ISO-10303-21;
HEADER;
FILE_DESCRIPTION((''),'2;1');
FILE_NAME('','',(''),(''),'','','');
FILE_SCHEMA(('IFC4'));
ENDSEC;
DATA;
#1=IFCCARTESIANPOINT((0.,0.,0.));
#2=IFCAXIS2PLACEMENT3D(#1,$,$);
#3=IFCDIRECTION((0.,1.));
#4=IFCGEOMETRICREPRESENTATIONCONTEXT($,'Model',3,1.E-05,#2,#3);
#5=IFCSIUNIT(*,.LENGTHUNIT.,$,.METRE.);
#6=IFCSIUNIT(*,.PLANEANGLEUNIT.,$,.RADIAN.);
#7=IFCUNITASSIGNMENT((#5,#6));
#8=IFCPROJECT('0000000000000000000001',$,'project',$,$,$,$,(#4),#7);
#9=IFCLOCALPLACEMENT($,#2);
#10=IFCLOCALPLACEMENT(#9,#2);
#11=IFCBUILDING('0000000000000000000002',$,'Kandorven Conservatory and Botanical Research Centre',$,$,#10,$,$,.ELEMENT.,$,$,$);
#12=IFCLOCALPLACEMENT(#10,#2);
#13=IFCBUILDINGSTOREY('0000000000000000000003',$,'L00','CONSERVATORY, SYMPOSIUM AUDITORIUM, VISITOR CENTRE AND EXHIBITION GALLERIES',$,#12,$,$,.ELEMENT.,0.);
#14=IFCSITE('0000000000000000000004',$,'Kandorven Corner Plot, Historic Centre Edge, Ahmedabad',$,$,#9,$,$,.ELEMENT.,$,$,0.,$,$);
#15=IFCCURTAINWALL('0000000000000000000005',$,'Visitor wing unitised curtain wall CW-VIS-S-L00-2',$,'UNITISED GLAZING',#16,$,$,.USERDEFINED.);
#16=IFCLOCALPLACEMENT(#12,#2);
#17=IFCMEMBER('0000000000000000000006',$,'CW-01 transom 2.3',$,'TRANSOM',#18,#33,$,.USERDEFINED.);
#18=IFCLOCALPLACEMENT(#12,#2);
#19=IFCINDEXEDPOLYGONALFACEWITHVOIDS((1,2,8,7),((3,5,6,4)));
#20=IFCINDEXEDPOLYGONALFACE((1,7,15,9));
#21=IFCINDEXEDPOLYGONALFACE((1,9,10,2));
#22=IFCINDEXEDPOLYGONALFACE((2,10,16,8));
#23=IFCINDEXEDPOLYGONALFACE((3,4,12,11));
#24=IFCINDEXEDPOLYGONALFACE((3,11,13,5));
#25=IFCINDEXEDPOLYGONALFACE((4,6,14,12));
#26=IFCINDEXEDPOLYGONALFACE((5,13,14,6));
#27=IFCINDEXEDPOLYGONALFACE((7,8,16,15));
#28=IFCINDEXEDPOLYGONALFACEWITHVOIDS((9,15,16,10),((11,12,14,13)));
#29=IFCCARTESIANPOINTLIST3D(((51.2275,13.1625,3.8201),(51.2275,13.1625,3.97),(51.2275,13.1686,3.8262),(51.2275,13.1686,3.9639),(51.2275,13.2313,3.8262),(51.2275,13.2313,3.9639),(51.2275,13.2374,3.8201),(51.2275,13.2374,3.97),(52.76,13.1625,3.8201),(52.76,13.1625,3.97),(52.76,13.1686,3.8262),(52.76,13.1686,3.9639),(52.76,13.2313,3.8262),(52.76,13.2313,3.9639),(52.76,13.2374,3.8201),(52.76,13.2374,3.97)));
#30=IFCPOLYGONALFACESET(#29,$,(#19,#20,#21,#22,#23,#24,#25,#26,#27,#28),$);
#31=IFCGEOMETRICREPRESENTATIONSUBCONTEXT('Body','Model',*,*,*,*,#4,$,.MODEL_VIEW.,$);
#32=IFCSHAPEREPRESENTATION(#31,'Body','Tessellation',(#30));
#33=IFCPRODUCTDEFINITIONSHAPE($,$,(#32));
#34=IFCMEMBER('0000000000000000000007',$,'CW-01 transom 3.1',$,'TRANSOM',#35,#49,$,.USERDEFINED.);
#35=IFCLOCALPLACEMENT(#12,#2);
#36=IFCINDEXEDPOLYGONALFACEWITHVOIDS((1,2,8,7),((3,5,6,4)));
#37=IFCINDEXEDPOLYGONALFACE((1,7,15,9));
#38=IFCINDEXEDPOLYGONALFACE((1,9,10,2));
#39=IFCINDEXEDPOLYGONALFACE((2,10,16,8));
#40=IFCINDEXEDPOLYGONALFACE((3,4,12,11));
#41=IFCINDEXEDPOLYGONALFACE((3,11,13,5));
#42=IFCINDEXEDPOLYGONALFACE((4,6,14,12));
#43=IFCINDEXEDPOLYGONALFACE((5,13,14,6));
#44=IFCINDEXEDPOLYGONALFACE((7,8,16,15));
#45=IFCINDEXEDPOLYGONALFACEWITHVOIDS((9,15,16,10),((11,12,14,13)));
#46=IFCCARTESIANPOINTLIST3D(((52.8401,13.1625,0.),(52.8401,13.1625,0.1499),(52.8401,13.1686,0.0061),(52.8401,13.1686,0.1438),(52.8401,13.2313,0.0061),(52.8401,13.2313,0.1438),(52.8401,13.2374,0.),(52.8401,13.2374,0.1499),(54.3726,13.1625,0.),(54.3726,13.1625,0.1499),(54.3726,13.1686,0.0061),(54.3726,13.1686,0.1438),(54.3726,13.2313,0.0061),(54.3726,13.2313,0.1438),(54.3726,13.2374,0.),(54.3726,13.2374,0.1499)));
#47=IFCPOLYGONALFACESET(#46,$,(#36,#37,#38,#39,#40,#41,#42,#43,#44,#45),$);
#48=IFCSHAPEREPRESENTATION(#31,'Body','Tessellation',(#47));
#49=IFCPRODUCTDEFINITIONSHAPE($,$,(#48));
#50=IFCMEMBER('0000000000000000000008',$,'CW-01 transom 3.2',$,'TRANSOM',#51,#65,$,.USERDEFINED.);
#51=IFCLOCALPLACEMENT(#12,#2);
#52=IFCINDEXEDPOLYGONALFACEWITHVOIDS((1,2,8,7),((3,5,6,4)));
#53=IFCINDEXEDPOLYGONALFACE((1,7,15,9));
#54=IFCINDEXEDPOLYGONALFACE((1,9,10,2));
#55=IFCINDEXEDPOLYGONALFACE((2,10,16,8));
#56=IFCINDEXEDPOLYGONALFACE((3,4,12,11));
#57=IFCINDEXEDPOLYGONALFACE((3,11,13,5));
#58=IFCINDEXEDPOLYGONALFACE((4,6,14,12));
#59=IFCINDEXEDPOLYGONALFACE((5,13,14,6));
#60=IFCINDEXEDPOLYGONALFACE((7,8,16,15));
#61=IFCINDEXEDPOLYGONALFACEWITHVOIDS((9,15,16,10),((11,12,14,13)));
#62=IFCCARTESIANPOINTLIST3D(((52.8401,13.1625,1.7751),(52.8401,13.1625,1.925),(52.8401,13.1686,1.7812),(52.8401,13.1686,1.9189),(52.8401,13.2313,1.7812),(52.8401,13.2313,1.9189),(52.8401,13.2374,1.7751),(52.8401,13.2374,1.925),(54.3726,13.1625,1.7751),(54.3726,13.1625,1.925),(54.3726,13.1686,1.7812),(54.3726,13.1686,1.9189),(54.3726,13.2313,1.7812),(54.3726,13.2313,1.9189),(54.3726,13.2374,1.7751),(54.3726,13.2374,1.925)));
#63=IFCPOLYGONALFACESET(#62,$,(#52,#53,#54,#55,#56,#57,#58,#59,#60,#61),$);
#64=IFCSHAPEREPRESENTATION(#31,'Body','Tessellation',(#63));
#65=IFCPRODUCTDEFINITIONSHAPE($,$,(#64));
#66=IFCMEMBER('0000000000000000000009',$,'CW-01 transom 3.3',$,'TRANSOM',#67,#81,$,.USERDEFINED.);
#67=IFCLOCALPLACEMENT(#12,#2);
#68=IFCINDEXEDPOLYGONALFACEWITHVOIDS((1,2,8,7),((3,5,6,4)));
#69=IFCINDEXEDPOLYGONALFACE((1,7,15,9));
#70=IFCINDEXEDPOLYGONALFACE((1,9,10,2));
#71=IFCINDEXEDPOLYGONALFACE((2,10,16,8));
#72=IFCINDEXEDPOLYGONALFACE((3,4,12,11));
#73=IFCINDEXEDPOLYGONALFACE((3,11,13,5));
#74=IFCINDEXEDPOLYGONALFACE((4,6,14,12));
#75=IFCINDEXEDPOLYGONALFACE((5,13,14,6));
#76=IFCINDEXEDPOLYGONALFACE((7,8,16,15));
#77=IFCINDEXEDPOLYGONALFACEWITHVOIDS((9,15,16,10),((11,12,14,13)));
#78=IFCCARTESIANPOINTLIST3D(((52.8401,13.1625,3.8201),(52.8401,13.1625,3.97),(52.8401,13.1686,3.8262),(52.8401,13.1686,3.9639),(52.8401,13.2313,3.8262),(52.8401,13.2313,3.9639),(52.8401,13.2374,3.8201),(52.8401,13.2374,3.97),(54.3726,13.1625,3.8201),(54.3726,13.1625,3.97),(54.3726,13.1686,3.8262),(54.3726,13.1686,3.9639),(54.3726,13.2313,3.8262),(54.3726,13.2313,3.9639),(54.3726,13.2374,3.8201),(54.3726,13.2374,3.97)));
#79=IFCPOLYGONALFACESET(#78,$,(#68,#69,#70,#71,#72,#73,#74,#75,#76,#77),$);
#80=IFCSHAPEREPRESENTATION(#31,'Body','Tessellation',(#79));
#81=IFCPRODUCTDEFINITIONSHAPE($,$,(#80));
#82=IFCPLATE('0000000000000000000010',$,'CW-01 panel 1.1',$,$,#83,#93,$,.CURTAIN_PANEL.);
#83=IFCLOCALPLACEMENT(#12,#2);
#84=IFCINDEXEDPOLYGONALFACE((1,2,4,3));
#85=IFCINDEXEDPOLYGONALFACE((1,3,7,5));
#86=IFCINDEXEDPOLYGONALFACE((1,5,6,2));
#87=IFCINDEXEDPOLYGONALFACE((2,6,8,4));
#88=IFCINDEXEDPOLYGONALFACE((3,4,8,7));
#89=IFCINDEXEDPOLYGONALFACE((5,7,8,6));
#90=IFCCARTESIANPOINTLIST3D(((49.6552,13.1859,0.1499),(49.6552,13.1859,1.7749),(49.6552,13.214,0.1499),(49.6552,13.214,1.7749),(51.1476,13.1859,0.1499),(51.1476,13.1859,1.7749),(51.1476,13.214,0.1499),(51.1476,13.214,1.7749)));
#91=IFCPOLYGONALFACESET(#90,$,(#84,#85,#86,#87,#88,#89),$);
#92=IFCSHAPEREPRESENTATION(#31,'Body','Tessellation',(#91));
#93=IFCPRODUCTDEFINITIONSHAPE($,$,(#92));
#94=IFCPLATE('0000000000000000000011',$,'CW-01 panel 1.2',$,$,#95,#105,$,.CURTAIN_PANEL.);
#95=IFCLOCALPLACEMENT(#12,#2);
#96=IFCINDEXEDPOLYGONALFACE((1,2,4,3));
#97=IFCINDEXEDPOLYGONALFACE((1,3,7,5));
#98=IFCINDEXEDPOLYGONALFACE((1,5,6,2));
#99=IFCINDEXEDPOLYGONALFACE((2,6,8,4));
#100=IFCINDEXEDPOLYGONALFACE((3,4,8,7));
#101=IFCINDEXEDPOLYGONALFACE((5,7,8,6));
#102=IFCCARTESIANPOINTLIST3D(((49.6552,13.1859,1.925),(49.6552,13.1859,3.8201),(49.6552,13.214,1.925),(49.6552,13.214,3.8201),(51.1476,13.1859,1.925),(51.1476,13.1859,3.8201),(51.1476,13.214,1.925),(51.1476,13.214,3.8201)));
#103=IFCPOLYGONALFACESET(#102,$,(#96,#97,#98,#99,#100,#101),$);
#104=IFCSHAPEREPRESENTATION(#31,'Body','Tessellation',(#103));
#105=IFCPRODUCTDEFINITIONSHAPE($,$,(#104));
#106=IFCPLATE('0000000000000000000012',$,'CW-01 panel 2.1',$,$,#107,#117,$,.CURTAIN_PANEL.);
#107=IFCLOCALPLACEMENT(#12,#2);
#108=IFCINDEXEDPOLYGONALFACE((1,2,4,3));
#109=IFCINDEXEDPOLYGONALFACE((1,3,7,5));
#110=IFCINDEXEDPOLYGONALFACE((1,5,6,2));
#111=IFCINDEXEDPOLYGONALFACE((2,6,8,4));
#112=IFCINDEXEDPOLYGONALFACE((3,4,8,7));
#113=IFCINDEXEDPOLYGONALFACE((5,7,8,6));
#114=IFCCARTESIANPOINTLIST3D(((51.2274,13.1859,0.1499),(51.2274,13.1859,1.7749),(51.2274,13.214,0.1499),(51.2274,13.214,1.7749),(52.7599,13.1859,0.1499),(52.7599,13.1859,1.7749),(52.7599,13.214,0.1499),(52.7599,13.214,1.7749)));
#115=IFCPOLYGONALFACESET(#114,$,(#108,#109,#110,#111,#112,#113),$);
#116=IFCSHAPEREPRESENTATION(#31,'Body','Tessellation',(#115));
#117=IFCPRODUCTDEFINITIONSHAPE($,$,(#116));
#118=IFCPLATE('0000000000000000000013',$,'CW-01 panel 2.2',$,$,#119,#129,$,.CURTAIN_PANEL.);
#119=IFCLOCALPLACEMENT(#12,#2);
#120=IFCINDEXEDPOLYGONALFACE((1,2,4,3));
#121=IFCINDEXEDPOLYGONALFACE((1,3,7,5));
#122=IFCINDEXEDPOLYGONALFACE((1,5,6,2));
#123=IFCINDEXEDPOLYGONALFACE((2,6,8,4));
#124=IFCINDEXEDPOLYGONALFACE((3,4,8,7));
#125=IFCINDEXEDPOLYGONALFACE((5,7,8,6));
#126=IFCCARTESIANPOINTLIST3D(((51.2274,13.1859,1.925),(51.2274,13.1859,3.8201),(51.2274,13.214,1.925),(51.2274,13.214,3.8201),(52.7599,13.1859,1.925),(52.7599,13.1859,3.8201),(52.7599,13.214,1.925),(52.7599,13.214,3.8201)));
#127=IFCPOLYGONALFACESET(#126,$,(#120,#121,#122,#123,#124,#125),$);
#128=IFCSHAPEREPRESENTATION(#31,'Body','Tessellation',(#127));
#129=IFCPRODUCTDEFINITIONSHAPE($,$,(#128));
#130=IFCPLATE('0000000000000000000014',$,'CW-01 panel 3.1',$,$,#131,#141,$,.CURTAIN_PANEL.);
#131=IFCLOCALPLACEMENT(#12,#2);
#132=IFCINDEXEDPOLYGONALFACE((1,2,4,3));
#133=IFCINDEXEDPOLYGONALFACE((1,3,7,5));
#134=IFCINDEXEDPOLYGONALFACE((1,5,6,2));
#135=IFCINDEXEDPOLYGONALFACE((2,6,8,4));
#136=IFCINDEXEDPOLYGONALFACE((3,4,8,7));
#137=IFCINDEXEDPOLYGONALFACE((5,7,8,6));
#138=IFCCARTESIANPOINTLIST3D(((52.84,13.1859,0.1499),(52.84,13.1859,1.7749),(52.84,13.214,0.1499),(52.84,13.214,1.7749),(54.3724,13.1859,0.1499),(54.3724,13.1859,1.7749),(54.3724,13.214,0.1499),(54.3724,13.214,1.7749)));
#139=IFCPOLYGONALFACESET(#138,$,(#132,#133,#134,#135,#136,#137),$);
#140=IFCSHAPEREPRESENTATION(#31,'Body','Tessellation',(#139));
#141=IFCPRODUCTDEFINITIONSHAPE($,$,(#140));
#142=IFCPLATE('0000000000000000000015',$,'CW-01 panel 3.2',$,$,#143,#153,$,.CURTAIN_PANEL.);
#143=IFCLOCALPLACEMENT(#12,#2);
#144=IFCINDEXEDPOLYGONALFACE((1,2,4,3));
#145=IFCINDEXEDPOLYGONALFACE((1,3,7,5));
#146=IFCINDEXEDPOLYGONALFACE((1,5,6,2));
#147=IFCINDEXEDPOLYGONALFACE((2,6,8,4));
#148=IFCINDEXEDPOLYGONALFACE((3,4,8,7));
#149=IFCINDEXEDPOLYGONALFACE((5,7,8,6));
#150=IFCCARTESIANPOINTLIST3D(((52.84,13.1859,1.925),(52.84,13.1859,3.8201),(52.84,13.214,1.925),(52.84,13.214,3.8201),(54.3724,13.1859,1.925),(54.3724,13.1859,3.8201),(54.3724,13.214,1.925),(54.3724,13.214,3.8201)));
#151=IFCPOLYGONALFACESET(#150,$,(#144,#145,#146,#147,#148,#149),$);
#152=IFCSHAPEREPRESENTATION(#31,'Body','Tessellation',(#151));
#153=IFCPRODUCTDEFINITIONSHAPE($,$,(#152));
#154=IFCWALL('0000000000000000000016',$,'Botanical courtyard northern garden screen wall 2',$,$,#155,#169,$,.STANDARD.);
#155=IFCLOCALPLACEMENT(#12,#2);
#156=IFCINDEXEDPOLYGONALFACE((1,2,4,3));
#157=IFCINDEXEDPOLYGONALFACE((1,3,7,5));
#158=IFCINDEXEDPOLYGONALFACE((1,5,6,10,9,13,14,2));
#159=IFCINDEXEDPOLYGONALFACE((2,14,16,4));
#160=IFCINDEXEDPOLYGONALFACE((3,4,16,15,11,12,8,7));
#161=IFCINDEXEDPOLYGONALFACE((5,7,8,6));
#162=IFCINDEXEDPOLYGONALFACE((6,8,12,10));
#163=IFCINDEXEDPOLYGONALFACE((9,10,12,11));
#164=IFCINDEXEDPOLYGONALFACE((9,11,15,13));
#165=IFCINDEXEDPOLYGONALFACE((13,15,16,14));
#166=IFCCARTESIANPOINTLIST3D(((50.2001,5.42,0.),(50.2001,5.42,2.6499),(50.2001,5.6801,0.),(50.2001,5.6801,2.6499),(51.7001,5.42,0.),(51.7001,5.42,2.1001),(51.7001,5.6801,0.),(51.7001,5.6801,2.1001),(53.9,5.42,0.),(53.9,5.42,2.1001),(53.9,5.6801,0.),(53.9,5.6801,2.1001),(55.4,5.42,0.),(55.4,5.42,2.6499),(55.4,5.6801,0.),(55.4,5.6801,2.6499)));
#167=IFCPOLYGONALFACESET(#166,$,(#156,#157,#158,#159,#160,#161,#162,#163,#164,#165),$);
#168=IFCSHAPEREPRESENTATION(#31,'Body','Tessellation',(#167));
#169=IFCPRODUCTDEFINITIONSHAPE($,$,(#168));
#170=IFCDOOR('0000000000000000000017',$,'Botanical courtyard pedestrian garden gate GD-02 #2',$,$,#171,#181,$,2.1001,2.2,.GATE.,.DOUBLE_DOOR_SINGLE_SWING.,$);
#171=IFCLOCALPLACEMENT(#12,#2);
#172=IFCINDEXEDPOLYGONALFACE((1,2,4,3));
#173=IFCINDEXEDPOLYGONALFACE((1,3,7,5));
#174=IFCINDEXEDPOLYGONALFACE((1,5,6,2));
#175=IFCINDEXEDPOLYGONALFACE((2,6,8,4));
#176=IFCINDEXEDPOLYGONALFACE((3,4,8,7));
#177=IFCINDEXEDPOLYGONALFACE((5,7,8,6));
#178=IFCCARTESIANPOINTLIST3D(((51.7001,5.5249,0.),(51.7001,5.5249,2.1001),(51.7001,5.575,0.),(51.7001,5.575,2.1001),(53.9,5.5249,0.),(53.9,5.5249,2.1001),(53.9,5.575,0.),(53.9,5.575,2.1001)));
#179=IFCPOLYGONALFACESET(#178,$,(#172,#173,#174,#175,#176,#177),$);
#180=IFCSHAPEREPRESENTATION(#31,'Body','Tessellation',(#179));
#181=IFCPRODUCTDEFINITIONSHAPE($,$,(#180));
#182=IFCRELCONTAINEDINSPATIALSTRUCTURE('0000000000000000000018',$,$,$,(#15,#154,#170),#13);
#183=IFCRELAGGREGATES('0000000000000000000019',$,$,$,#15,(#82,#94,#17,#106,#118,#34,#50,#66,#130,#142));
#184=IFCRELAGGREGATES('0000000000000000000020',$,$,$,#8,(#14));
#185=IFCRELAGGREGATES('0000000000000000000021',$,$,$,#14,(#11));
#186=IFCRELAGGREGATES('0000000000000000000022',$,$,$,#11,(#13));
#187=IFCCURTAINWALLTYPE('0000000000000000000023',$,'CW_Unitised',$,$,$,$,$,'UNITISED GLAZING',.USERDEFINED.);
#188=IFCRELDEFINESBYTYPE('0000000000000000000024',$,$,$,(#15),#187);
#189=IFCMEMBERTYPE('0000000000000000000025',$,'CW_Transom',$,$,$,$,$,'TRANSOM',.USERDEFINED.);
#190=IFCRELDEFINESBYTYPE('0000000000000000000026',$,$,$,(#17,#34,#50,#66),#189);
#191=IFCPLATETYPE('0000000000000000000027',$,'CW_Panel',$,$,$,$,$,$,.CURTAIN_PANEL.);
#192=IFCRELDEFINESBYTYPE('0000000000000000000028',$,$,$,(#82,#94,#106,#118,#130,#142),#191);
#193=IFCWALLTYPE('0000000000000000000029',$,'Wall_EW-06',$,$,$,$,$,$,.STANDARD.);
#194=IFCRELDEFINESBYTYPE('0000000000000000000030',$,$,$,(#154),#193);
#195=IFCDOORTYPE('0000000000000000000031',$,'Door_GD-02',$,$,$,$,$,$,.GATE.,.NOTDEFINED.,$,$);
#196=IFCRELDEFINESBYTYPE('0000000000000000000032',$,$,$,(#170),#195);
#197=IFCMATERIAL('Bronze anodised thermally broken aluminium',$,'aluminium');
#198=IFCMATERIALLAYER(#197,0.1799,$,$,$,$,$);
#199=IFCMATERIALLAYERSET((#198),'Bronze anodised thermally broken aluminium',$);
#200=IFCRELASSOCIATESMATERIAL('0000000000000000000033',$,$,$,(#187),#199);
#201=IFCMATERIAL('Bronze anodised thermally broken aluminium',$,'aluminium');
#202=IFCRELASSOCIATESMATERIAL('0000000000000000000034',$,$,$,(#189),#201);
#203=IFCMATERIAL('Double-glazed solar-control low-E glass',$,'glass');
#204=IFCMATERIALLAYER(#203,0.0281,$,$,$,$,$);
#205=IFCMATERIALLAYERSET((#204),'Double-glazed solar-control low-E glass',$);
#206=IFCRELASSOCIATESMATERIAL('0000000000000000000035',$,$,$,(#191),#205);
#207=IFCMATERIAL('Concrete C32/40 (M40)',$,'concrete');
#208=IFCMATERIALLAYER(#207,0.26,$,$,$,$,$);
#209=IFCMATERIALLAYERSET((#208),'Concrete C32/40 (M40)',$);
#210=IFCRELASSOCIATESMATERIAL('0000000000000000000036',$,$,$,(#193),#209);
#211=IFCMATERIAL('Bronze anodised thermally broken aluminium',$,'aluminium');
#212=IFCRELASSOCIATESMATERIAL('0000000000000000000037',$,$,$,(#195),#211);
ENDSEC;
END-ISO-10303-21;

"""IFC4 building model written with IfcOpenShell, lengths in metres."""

from ifc_helpers import new_model, si_unit, direction, frame, frame_2d, origin, origin_2d, place, context, subcontext, project, spatial, rectangle, hollow_rectangle, extrude, material, layer, layer_set, material_profile, profile_set, type_object, element, fill, aggregate, save


model = new_model("IFC4")

# Units and contexts
model_context = context("Model", 3, precision=1e-05, world=origin(), true_north=direction((0.0, 1.0)))
body_context = subcontext(model_context, "Body", "Model", "MODEL_VIEW")
ifc_project = project(units=[si_unit("LENGTHUNIT", "METRE"), si_unit("PLANEANGLEUNIT", "RADIAN")], contexts=[model_context])

# Site, building, storey
site_placement = place(None, origin())
site = spatial("IfcSite", under=ifc_project, at=site_placement, Name="Kandorven Corner Plot, Historic Centre Edge, Ahmedabad", CompositionType="ELEMENT", RefElevation=0.0)
building_placement = place(site_placement, origin())
building = spatial("IfcBuilding", under=site, at=building_placement, Name="Kandorven Conservatory and Botanical Research Centre", CompositionType="ELEMENT")
storey_placement = place(building_placement, origin())
storey = spatial("IfcBuildingStorey", under=building, at=storey_placement, Name="L00", Description="CONSERVATORY, SYMPOSIUM AUDITORIUM, VISITOR CENTRE AND EXHIBITION GALLERIES", CompositionType="ELEMENT", Elevation=0.0)

# Curtain wall, members, plates
ifc_material_1 = material(Name="Bronze anodised thermally broken aluminium", Category="aluminium")
ifc_layer_1 = layer(ifc_material_1, 0.1799)
ifc_layer_set_1 = layer_set([ifc_layer_1], Name="Bronze anodised thermally broken aluminium")
curtain_wall_type = type_object("IfcCurtainWallType", Name="CW_Unitised", ElementType="UNITISED GLAZING", PredefinedType="USERDEFINED", material=ifc_layer_set_1)
curtain_wall_placement = place(storey_placement, origin())
curtain_wall = element("IfcCurtainWall", 1, at=curtain_wall_placement, inside=storey, type_object=curtain_wall_type, Name="Visitor wing unitised curtain wall CW-VIS-S-L00-2", ObjectType="UNITISED GLAZING", PredefinedType="USERDEFINED")
ifc_material_2 = material(Name="Bronze anodised thermally broken aluminium", Category="aluminium")
ifc_material_profile_1 = material_profile(ifc_material_2, hollow_rectangle(XDim=0.075, YDim=0.1499, WallThickness=0.0061, at=origin_2d()))
ifc_profile_set_1 = profile_set([ifc_material_profile_1], Name="Bronze anodised thermally broken aluminium")
member_type_1 = type_object("IfcMemberType", Name="CW_Transom", ElementType="TRANSOM", PredefinedType="USERDEFINED", material=ifc_profile_set_1)
member_1_placement = place(storey_placement, frame((51.2275, 13.2, 3.895), z_axis=(1.0, 0.0, 0.0), x_axis=(0.0, 1.0, 0.0)))
member_1 = element("IfcMember", 2, at=member_1_placement, type_object=member_type_1, Name="CW-01 transom 2.3", ObjectType="TRANSOM", PredefinedType="USERDEFINED", context=body_context, shape_type="SweptSolid", body=[
    extrude(hollow_rectangle(XDim=0.075, YDim=0.1499, WallThickness=0.0061, at=origin_2d()), origin(), (0.0, 0.0, 1.0), 1.5325),
])
member_2_placement = place(storey_placement, frame((52.8401, 13.2, 0.075), z_axis=(1.0, 0.0, 0.0), x_axis=(0.0, 1.0, 0.0)))
member_2 = element("IfcMember", 3, at=member_2_placement, type_object=member_type_1, Name="CW-01 transom 3.1", ObjectType="TRANSOM", PredefinedType="USERDEFINED", context=body_context, shape_type="SweptSolid", body=[
    extrude(hollow_rectangle(XDim=0.075, YDim=0.1499, WallThickness=0.0061, at=origin_2d()), origin(), (0.0, 0.0, 1.0), 1.5325),
])
member_3_placement = place(storey_placement, frame((52.8401, 13.2, 1.8501), z_axis=(1.0, 0.0, 0.0), x_axis=(0.0, 1.0, 0.0)))
member_3 = element("IfcMember", 4, at=member_3_placement, type_object=member_type_1, Name="CW-01 transom 3.2", ObjectType="TRANSOM", PredefinedType="USERDEFINED", context=body_context, shape_type="SweptSolid", body=[
    extrude(hollow_rectangle(XDim=0.075, YDim=0.1499, WallThickness=0.0061, at=origin_2d()), origin(), (0.0, 0.0, 1.0), 1.5325),
])
member_4_placement = place(storey_placement, frame((52.8401, 13.2, 3.895), z_axis=(1.0, 0.0, 0.0), x_axis=(0.0, 1.0, 0.0)))
member_4 = element("IfcMember", 5, at=member_4_placement, type_object=member_type_1, Name="CW-01 transom 3.3", ObjectType="TRANSOM", PredefinedType="USERDEFINED", context=body_context, shape_type="SweptSolid", body=[
    extrude(hollow_rectangle(XDim=0.075, YDim=0.1499, WallThickness=0.0061, at=origin_2d()), origin(), (0.0, 0.0, 1.0), 1.5325),
])
ifc_material_3 = material(Name="Double-glazed solar-control low-E glass", Category="glass")
ifc_layer_2 = layer(ifc_material_3, 0.0281)
ifc_layer_set_2 = layer_set([ifc_layer_2], Name="Double-glazed solar-control low-E glass")
plate_type = type_object("IfcPlateType", Name="CW_Panel", PredefinedType="CURTAIN_PANEL", material=ifc_layer_set_2)
plate_1_placement = place(storey_placement, frame((50.4014, 13.2, 0.1499), z_axis=(0.0, 0.0, 1.0), x_axis=(1.0, 0.0, 0.0)))
plate_1 = element("IfcPlate", 6, at=plate_1_placement, type_object=plate_type, Name="CW-01 panel 1.1", PredefinedType="CURTAIN_PANEL", context=body_context, shape_type="SweptSolid", body=[
    extrude(rectangle(XDim=1.4924, YDim=0.0281, at=origin_2d()), origin(), (0.0, 0.0, 1.0), 1.625),
])
plate_2_placement = place(storey_placement, frame((50.4014, 13.2, 1.925), z_axis=(0.0, 0.0, 1.0), x_axis=(1.0, 0.0, 0.0)))
plate_2 = element("IfcPlate", 7, at=plate_2_placement, type_object=plate_type, Name="CW-01 panel 1.2", PredefinedType="CURTAIN_PANEL", context=body_context, shape_type="SweptSolid", body=[
    extrude(rectangle(XDim=1.4924, YDim=0.0281, at=origin_2d()), origin(), (0.0, 0.0, 1.0), 1.895),
])
plate_3_placement = place(storey_placement, frame((51.9937, 13.2, 0.1499), z_axis=(0.0, 0.0, 1.0), x_axis=(1.0, 0.0, 0.0)))
plate_3 = element("IfcPlate", 8, at=plate_3_placement, type_object=plate_type, Name="CW-01 panel 2.1", PredefinedType="CURTAIN_PANEL", context=body_context, shape_type="SweptSolid", body=[
    extrude(rectangle(XDim=1.5325, YDim=0.0281, at=origin_2d()), origin(), (0.0, 0.0, 1.0), 1.625),
])
plate_4_placement = place(storey_placement, frame((51.9937, 13.2, 1.925), z_axis=(0.0, 0.0, 1.0), x_axis=(1.0, 0.0, 0.0)))
plate_4 = element("IfcPlate", 9, at=plate_4_placement, type_object=plate_type, Name="CW-01 panel 2.2", PredefinedType="CURTAIN_PANEL", context=body_context, shape_type="SweptSolid", body=[
    extrude(rectangle(XDim=1.5325, YDim=0.0281, at=origin_2d()), origin(), (0.0, 0.0, 1.0), 1.895),
])
plate_5_placement = place(storey_placement, frame((53.6062, 13.2, 0.1499), z_axis=(0.0, 0.0, 1.0), x_axis=(1.0, 0.0, 0.0)))
plate_5 = element("IfcPlate", 10, at=plate_5_placement, type_object=plate_type, Name="CW-01 panel 3.1", PredefinedType="CURTAIN_PANEL", context=body_context, shape_type="SweptSolid", body=[
    extrude(rectangle(XDim=1.5325, YDim=0.0281, at=origin_2d()), origin(), (0.0, 0.0, 1.0), 1.625),
])
plate_6_placement = place(storey_placement, frame((53.6062, 13.2, 1.925), z_axis=(0.0, 0.0, 1.0), x_axis=(1.0, 0.0, 0.0)))
plate_6 = element("IfcPlate", 11, at=plate_6_placement, type_object=plate_type, Name="CW-01 panel 3.2", PredefinedType="CURTAIN_PANEL", context=body_context, shape_type="SweptSolid", body=[
    extrude(rectangle(XDim=1.5325, YDim=0.0281, at=origin_2d()), origin(), (0.0, 0.0, 1.0), 1.895),
])
aggregate(curtain_wall, [plate_1, plate_2, member_1, plate_3, plate_4, member_2, member_3, member_4, plate_5, plate_6])

# Wall, opening, door
ifc_material_4 = material(Name="Concrete C32/40 (M40)", Category="concrete")
ifc_layer_3 = layer(ifc_material_4, 0.26)
ifc_layer_set_3 = layer_set([ifc_layer_3], Name="Concrete C32/40 (M40)")
wall_type = type_object("IfcWallType", Name="Wall_EW-06", PredefinedType="STANDARD", material=ifc_layer_set_3)
wall_placement = place(storey_placement, frame((50.2, 5.55, 0.0), z_axis=(0.0, 0.0, 1.0), x_axis=(1.0, 0.0, 0.0)))
wall = element("IfcWall", 12, at=wall_placement, inside=storey, type_object=wall_type, Name="Botanical courtyard northern garden screen wall 2", PredefinedType="STANDARD", context=body_context, shape_type="SweptSolid", body=[
    extrude(rectangle(XDim=5.2, YDim=0.26, at=frame_2d((2.6001, 0.0))), origin(), (0.0, 0.0, 1.0), 2.6499),
])
opening_placement = place(wall_placement, frame((1.5, 0.0, 0.0)))
opening = element("IfcOpeningElement", 13, at=opening_placement, cuts=wall, PredefinedType="OPENING", context=body_context, shape_type="SweptSolid", body=[
    extrude(rectangle(XDim=2.2, YDim=2.1001, at=frame_2d((1.1001, 1.05))), frame((0.0, 0.1399, 0.0), z_axis=(0.0, -1.0, 0.0), x_axis=(1.0, 0.0, 0.0)), (0.0, 0.0, 1.0), 0.28),
])
ifc_material_5 = material(Name="Bronze anodised thermally broken aluminium", Category="aluminium")
door_type = type_object("IfcDoorType", Name="Door_GD-02", OperationType="NOTDEFINED", PredefinedType="GATE", material=ifc_material_5)
door_placement = place(opening_placement, origin())
door = element("IfcDoor", 14, at=door_placement, inside=storey, type_object=door_type, Name="Botanical courtyard pedestrian garden gate GD-02 #2", OperationType="DOUBLE_DOOR_SINGLE_SWING", OverallHeight=2.1001, OverallWidth=2.2, PredefinedType="GATE", context=body_context, shape_type="SweptSolid", body=[
    extrude(rectangle(XDim=2.2, YDim=2.1001, at=frame_2d((1.1001, 1.05))), frame((0.0, 0.0249, 0.0), z_axis=(0.0, -1.0, 0.0), x_axis=(1.0, 0.0, 0.0)), (0.0, 0.0, 1.0), 0.05),
])
fill(opening, door)

save(model, "model.ifc")
